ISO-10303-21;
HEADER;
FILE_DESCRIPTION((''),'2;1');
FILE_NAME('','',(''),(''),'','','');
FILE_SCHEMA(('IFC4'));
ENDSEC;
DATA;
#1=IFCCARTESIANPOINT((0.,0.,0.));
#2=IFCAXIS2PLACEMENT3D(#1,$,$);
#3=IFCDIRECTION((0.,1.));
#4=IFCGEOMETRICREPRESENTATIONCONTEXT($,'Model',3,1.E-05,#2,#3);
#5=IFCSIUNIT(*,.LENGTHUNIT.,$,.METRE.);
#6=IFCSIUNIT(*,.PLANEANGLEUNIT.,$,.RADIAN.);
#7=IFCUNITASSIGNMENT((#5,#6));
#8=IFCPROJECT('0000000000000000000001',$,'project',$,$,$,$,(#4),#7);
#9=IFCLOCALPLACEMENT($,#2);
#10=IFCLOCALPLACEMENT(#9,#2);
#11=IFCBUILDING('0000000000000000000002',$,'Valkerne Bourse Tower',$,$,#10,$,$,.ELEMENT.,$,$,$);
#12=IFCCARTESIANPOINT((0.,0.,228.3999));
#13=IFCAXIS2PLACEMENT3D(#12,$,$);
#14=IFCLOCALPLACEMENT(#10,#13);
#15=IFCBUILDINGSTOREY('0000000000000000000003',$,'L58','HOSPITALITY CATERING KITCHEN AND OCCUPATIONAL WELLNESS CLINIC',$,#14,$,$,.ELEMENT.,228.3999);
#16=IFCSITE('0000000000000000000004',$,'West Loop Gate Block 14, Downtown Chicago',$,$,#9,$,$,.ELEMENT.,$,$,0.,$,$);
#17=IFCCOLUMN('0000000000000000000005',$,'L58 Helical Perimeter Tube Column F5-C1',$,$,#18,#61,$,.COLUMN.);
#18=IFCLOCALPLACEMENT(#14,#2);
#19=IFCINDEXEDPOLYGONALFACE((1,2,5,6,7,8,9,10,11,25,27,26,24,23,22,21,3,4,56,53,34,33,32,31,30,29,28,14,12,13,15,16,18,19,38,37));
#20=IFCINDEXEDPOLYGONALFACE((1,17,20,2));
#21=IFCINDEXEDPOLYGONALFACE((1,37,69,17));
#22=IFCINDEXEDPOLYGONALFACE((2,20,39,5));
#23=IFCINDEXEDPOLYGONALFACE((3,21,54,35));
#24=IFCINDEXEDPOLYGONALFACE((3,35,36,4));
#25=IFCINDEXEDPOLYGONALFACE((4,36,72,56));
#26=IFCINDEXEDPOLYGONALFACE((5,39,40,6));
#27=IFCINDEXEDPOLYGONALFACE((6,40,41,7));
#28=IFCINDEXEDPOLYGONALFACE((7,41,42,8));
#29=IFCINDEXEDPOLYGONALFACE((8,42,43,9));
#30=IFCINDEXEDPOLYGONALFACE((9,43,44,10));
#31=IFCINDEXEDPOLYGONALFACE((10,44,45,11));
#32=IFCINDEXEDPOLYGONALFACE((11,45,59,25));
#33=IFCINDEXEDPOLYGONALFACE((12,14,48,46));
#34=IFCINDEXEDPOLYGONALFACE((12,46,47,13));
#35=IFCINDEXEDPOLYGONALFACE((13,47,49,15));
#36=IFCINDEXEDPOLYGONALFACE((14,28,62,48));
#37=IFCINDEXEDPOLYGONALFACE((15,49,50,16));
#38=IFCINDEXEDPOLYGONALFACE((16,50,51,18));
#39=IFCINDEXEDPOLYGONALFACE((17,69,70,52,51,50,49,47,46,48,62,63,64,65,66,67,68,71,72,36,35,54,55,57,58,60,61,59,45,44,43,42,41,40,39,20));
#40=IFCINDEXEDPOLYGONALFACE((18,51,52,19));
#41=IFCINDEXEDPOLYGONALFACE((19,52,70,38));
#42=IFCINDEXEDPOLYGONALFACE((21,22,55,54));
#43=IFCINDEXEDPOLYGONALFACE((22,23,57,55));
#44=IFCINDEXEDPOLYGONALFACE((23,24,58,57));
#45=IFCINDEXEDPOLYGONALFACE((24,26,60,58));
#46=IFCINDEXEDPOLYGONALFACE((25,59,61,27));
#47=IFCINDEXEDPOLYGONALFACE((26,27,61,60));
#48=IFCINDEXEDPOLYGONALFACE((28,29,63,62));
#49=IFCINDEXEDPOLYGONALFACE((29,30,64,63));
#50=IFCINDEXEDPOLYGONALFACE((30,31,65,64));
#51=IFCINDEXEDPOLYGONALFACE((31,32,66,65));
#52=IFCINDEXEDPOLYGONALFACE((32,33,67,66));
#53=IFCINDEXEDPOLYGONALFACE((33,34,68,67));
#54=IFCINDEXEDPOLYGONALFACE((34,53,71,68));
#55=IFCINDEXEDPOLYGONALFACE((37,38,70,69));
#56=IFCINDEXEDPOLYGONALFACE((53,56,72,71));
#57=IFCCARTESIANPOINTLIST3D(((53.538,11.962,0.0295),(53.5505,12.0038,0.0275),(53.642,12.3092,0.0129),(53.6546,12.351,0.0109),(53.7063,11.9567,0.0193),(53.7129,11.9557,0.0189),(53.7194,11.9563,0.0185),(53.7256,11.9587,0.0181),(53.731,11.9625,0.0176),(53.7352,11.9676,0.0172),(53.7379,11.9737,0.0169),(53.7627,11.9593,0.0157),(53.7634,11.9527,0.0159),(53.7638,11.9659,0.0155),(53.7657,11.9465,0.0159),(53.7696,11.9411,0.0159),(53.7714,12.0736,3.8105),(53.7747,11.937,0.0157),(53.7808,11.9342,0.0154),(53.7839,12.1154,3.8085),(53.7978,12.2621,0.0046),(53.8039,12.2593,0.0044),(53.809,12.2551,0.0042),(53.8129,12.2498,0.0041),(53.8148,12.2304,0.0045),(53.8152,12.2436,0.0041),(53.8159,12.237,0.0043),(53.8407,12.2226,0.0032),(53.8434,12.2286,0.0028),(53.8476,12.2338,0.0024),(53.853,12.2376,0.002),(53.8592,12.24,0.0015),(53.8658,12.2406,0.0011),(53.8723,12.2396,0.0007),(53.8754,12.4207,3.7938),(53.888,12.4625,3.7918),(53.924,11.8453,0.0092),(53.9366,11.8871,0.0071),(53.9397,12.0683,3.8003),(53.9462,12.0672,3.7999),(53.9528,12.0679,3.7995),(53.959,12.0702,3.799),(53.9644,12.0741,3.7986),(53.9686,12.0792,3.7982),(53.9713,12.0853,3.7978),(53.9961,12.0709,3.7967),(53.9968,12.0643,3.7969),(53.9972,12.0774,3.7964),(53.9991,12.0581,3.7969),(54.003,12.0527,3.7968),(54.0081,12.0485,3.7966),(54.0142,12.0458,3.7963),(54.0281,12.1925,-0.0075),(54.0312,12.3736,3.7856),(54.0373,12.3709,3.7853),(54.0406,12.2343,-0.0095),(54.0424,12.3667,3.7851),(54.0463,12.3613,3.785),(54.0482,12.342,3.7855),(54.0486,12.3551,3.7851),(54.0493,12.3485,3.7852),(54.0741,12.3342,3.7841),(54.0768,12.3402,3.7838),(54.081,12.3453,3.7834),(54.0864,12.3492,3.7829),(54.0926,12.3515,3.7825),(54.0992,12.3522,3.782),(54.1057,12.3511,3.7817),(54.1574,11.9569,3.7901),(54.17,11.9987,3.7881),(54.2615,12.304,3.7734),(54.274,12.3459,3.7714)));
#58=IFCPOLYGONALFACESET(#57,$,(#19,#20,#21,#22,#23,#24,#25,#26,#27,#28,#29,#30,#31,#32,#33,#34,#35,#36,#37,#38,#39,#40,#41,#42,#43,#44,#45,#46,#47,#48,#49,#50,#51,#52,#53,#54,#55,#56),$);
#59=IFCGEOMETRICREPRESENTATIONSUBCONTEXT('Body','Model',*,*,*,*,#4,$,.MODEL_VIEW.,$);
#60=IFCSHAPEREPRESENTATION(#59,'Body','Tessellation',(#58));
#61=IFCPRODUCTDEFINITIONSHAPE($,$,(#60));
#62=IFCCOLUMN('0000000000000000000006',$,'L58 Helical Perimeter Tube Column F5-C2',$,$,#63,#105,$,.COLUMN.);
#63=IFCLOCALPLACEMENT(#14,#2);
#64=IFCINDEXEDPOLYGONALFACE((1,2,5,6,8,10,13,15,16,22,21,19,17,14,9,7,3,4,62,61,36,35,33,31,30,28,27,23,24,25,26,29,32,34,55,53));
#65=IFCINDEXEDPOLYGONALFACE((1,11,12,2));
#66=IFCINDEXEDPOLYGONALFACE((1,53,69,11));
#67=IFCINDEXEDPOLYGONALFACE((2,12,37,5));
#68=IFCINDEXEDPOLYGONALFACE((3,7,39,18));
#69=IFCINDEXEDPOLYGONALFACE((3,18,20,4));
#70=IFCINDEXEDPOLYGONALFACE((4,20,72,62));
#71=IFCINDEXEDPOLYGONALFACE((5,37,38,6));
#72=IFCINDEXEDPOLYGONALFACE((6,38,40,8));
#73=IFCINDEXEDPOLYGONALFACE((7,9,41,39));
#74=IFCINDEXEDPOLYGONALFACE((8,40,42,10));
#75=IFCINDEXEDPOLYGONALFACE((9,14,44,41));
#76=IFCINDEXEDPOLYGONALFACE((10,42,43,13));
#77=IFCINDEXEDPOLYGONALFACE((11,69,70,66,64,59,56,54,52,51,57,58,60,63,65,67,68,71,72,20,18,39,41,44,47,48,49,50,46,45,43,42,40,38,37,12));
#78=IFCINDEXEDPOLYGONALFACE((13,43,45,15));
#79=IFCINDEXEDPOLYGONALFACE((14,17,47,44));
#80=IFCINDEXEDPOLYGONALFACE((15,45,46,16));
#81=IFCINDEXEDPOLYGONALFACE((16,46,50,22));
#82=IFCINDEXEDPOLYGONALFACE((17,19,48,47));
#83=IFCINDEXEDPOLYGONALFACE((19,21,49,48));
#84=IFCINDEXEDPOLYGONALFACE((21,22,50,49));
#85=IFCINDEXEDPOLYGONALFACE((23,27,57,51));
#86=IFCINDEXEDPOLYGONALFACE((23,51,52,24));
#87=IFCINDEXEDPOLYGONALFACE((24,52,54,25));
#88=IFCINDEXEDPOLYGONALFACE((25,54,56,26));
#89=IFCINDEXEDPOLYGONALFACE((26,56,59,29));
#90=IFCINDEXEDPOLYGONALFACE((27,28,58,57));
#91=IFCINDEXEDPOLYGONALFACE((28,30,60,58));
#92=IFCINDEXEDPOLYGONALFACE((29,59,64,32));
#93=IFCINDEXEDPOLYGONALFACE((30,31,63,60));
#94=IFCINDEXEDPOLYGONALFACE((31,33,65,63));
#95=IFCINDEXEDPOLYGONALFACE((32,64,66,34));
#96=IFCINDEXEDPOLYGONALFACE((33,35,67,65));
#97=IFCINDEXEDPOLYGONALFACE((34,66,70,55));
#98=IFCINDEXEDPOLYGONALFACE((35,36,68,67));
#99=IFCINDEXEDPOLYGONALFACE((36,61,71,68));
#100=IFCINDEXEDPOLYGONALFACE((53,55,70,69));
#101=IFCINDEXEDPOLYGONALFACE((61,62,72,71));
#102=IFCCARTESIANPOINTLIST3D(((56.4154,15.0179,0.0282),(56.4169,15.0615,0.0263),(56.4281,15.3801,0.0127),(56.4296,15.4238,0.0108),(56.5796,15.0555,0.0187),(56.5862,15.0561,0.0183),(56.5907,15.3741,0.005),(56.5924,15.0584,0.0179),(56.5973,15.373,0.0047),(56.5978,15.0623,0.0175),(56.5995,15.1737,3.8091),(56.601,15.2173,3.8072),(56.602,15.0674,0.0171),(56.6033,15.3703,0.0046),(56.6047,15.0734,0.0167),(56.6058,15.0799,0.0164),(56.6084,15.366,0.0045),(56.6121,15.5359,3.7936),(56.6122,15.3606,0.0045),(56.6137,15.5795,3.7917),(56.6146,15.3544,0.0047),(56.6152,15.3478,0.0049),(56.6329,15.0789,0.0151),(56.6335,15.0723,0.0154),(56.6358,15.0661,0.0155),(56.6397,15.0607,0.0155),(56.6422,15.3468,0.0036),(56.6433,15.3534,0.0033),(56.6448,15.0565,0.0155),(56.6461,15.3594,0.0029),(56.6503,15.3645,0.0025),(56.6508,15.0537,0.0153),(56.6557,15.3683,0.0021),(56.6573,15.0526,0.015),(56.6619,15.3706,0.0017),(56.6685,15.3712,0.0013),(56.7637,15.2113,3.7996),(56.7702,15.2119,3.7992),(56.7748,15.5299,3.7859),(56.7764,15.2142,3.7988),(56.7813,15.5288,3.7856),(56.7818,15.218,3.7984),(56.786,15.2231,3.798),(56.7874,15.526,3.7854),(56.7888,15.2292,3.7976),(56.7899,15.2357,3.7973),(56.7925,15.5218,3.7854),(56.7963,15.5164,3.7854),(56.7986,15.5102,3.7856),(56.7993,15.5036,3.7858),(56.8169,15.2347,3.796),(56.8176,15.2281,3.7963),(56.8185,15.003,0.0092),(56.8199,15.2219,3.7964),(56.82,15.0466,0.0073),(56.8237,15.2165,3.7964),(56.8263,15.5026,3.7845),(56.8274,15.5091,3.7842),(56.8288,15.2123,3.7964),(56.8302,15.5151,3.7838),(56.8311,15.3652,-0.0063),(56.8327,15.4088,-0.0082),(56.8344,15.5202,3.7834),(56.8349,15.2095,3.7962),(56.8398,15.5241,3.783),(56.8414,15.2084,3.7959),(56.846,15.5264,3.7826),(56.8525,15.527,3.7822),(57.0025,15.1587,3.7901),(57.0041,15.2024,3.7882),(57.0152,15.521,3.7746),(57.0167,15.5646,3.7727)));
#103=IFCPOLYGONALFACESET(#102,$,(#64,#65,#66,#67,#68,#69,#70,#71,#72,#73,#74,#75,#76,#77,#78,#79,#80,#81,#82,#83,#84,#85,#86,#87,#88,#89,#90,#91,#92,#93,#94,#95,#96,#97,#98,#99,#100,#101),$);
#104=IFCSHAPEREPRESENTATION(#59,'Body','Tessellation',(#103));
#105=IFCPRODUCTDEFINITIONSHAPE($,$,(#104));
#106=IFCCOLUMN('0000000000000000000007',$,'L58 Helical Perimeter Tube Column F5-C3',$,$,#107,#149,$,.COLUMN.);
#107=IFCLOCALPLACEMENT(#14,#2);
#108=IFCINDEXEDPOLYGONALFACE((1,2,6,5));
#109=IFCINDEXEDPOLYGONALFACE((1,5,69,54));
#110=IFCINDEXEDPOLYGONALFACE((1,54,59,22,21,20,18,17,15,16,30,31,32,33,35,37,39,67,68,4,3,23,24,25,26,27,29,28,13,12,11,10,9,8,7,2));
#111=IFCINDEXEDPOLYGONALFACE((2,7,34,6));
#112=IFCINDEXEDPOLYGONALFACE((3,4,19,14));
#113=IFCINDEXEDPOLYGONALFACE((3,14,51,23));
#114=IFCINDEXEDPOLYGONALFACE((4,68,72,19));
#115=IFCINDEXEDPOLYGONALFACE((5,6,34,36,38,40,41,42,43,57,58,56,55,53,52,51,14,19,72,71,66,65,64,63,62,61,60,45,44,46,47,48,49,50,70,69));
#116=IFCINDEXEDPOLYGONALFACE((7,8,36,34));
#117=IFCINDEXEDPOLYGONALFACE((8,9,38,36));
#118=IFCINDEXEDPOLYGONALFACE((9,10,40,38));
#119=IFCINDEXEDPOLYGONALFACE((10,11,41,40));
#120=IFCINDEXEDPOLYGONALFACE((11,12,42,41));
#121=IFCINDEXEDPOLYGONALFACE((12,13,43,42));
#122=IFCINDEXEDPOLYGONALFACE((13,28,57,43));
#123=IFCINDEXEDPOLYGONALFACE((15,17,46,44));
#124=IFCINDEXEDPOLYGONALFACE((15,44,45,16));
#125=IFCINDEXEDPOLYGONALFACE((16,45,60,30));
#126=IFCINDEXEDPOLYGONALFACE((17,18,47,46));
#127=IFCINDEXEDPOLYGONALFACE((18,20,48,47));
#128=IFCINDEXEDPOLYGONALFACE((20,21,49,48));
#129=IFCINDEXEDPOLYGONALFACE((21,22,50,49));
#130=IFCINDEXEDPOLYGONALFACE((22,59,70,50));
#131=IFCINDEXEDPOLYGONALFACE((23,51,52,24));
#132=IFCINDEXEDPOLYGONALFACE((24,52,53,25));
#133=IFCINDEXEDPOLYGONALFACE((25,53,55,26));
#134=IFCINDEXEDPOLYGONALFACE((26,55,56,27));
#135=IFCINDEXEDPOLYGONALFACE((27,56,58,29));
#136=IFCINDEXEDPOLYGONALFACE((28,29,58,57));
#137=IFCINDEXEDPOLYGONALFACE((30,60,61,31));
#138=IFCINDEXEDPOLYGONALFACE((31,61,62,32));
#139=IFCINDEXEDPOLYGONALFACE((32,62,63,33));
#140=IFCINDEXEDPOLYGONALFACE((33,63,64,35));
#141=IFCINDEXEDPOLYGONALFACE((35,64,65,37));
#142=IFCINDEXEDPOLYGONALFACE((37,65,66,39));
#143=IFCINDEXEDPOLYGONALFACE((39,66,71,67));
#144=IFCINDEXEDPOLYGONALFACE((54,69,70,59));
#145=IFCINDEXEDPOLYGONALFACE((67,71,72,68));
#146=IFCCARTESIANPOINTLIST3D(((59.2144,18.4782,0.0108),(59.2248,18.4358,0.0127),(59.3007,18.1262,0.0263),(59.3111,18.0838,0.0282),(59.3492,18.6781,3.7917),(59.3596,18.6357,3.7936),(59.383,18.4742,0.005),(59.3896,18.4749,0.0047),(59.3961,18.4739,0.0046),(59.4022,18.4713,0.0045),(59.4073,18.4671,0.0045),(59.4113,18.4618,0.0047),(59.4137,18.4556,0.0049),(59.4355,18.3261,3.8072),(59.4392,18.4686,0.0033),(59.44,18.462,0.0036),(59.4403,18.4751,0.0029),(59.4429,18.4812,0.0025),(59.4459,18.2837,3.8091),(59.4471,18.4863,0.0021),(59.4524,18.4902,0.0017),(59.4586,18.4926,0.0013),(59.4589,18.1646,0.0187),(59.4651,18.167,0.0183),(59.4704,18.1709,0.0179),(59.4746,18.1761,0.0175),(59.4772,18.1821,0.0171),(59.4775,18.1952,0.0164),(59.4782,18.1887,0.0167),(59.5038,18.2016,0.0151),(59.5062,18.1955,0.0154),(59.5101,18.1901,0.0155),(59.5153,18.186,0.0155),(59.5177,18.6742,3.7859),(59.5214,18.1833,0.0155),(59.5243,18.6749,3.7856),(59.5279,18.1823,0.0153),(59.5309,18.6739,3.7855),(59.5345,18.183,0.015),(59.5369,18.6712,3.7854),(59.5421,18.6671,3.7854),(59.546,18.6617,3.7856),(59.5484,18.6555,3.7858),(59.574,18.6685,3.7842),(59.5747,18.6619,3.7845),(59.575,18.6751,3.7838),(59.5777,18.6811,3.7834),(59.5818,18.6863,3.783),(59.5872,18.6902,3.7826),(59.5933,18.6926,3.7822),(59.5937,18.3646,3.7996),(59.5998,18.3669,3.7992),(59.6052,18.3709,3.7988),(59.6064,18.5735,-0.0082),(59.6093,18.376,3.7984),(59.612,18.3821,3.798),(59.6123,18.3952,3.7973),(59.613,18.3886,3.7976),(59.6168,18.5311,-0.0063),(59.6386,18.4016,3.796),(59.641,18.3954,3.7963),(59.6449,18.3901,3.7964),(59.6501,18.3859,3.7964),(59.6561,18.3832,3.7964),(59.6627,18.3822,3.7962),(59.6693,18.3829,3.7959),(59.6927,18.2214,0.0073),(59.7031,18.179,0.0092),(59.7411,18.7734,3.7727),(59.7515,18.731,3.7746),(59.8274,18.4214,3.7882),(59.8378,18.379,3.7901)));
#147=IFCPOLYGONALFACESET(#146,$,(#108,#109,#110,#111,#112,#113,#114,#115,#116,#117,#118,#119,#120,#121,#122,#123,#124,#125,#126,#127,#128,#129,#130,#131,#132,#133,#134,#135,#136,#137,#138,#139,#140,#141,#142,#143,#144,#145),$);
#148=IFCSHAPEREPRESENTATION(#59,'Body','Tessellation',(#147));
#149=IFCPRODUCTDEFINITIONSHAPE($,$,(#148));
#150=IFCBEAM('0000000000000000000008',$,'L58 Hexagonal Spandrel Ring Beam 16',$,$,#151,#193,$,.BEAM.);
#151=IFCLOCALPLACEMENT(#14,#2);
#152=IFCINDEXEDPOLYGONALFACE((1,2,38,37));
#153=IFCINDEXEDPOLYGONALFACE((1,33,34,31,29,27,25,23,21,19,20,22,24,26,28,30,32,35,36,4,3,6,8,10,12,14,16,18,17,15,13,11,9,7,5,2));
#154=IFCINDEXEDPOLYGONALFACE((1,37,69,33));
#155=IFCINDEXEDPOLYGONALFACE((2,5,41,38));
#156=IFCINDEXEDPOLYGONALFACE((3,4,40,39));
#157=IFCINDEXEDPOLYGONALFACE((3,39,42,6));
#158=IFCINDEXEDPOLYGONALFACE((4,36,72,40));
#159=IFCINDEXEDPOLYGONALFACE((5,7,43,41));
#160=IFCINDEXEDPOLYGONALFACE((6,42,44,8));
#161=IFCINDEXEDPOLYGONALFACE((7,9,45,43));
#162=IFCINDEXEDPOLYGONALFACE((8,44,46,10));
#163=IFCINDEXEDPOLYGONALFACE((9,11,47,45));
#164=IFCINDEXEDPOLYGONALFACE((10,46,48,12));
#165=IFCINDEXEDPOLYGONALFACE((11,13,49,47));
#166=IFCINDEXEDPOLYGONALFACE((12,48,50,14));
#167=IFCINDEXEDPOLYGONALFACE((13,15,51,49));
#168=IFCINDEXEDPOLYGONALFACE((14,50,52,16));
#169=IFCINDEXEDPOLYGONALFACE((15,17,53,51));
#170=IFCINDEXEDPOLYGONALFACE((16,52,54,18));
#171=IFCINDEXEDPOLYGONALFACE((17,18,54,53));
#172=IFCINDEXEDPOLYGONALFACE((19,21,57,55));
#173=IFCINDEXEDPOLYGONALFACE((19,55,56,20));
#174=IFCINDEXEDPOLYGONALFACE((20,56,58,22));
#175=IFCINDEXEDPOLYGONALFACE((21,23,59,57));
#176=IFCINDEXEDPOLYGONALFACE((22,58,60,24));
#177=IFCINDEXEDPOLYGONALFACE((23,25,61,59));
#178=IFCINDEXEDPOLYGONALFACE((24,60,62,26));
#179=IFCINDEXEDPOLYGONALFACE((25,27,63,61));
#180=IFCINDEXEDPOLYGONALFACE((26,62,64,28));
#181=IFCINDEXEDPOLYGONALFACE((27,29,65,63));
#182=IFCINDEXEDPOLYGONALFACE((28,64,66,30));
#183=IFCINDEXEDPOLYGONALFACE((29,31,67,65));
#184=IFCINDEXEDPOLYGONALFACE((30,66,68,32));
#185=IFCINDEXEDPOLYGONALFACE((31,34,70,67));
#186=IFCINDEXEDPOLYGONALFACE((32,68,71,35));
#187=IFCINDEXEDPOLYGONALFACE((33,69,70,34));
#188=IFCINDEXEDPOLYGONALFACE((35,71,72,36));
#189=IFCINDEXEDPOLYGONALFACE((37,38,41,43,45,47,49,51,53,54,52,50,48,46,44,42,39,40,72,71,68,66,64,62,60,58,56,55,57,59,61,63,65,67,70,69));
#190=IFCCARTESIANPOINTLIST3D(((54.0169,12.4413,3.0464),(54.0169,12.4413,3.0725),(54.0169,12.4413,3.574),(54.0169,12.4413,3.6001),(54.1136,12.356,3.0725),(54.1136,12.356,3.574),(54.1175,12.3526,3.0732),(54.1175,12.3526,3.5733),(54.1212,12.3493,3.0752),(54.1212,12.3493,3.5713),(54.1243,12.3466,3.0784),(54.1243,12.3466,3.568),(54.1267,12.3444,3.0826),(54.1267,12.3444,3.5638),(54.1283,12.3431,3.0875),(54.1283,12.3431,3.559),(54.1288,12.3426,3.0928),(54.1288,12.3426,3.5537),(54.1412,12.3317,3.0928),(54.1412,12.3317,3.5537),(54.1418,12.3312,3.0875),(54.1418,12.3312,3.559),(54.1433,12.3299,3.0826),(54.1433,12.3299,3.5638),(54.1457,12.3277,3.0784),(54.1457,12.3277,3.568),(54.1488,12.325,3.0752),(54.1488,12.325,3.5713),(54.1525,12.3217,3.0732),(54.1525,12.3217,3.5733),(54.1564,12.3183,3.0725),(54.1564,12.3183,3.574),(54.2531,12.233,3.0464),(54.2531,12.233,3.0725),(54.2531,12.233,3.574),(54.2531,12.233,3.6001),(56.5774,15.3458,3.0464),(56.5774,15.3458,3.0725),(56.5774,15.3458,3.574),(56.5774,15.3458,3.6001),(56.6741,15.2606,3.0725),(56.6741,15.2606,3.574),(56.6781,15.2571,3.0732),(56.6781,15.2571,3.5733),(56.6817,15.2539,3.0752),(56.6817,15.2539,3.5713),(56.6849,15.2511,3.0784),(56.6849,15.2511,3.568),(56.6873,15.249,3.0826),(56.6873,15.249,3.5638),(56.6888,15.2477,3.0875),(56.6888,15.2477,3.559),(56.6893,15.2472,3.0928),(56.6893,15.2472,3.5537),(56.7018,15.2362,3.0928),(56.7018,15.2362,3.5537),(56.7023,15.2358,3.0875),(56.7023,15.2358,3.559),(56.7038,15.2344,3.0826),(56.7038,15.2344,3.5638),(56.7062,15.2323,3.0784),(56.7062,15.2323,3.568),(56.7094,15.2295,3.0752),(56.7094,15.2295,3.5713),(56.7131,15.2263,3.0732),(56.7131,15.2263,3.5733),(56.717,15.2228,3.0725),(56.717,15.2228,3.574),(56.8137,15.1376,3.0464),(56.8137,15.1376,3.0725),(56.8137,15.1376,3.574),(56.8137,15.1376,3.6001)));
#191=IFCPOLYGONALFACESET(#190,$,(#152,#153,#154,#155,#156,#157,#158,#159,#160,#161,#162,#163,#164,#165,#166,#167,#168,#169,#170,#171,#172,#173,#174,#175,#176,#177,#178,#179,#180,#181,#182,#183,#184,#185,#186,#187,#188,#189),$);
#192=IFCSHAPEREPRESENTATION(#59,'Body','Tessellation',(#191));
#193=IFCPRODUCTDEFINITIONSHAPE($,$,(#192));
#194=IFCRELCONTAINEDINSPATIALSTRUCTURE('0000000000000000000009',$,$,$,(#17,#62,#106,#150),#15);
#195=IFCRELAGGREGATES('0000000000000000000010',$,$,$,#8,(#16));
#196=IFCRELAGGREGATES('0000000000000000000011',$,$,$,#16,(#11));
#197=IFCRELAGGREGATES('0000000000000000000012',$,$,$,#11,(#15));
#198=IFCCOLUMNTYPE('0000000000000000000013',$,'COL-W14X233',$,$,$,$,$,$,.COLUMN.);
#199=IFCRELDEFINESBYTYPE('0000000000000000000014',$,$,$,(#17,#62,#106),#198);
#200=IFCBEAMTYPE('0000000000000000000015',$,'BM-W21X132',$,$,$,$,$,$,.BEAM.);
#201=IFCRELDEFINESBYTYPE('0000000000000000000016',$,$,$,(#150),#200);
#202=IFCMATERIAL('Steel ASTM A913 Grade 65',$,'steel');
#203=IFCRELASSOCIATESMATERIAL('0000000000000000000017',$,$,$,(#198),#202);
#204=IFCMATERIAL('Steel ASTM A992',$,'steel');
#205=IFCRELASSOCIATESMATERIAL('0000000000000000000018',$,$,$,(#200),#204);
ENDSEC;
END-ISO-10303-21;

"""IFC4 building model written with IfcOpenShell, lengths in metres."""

from ifc_helpers import new_model, si_unit, direction, frame, origin, origin_2d, place, context, subcontext, project, spatial, i_section, extrude, material, material_profile, profile_set, type_object, element, save


model = new_model("IFC4")

# Units and contexts
model_context = context("Model", 3, precision=1e-05, world=origin(), true_north=direction((0.0, 1.0)))
body_context = subcontext(model_context, "Body", "Model", "MODEL_VIEW")
ifc_project = project(units=[si_unit("LENGTHUNIT", "METRE"), si_unit("PLANEANGLEUNIT", "RADIAN")], contexts=[model_context])

# Site, building, storey
site_placement = place(None, origin())
site = spatial("IfcSite", under=ifc_project, at=site_placement, Name="West Loop Gate Block 14, Downtown Chicago", CompositionType="ELEMENT", RefElevation=0.0)
building_placement = place(site_placement, origin())
building = spatial("IfcBuilding", under=site, at=building_placement, Name="Valkerne Bourse Tower", CompositionType="ELEMENT")
storey_placement = place(building_placement, frame((0.0, 0.0, 228.3999)))
storey = spatial("IfcBuildingStorey", under=building, at=storey_placement, Name="L58", Description="HOSPITALITY CATERING KITCHEN AND OCCUPATIONAL WELLNESS CLINIC", CompositionType="ELEMENT", Elevation=228.3999)

# Columns
ifc_material_1 = material(Name="Steel ASTM A913 Grade 65", Category="steel")
ifc_material_profile_1 = material_profile(ifc_material_1, i_section(OverallWidth=0.4038, OverallDepth=0.4065, WebThickness=0.0271, FlangeThickness=0.0437, FilletRadius=0.0254, at=origin_2d()), Name="W14X233")
ifc_profile_set_1 = profile_set([ifc_material_profile_1], Name="Steel ASTM A913 Grade 65")
column_type = type_object("IfcColumnType", Name="COL-W14X233", PredefinedType="COLUMN", material=ifc_profile_set_1)
column_placement = place(storey_placement, frame((53.7893, 12.0981, 0.01), z_axis=(0.061585, 0.02944, 0.997668), x_axis=(-0.956012, 0.288951, 0.050487)))
element("IfcColumn", 1, at=column_placement, inside=storey, type_object=column_type, Name="L58 Helical Perimeter Tube Column F5-C1", PredefinedType="COLUMN", context=body_context, shape_type="SweptSolid", body=[
    extrude(i_section(OverallWidth=0.4038, OverallDepth=0.4065, WebThickness=0.0271, FlangeThickness=0.0437, FilletRadius=0.0254, at=origin_2d()), origin(), (0.0, 0.0, 1.0), 3.7898),
])
for number, where, z_axis, x_axis, name in (
    (2, (56.624, 15.2134, 0.01), (0.048587, 0.041112, 0.997972), (-0.998207, 0.036978, 0.047075), "L58 Helical Perimeter Tube Column F5-C2"),
    (3, (59.4587, 18.3286, 0.01), (0.035571, 0.052776, 0.997973), (-0.970627, -0.235939, 0.047073), "L58 Helical Perimeter Tube Column F5-C3"),
):
    element("IfcColumn", number, at=place(storey_placement, frame(where, z_axis=z_axis, x_axis=x_axis)), inside=storey, type_object=column_type, Name=name, PredefinedType="COLUMN", context=body_context, shape_type="SweptSolid", body=[
        extrude(i_section(OverallWidth=0.4038, OverallDepth=0.4065, WebThickness=0.0271, FlangeThickness=0.0437, FilletRadius=0.0254, at=origin_2d()), origin(), (0.0, 0.0, 1.0), 3.7886),
    ])

# Beam
ifc_material_2 = material(Name="Steel ASTM A992", Category="steel")
ifc_material_profile_2 = material_profile(ifc_material_2, i_section(OverallWidth=0.3149, OverallDepth=0.5537, WebThickness=0.0166, FlangeThickness=0.0261, FilletRadius=0.0203, at=origin_2d()), Name="W21X132")
ifc_profile_set_2 = profile_set([ifc_material_profile_2], Name="Steel ASTM A992")
beam_type = type_object("IfcBeamType", Name="BM-W21X132", PredefinedType="BEAM", material=ifc_profile_set_2)
beam_1_placement = place(storey_placement, frame((54.135, 12.3372, 3.3232), z_axis=(0.66129, 0.75013, 0.0), x_axis=(-0.75013, 0.66129, 0.0)))
element("IfcBeam", 4, at=beam_1_placement, inside=storey, type_object=beam_type, Name="L58 Hexagonal Spandrel Ring Beam 16", PredefinedType="BEAM", context=body_context, shape_type="SweptSolid", body=[
    extrude(i_section(OverallWidth=0.3149, OverallDepth=0.5537, WebThickness=0.0166, FlangeThickness=0.0261, FilletRadius=0.0203, at=origin_2d()), origin(), (0.0, 0.0, 1.0), 3.8721),
])

save(model, "model.ifc")
